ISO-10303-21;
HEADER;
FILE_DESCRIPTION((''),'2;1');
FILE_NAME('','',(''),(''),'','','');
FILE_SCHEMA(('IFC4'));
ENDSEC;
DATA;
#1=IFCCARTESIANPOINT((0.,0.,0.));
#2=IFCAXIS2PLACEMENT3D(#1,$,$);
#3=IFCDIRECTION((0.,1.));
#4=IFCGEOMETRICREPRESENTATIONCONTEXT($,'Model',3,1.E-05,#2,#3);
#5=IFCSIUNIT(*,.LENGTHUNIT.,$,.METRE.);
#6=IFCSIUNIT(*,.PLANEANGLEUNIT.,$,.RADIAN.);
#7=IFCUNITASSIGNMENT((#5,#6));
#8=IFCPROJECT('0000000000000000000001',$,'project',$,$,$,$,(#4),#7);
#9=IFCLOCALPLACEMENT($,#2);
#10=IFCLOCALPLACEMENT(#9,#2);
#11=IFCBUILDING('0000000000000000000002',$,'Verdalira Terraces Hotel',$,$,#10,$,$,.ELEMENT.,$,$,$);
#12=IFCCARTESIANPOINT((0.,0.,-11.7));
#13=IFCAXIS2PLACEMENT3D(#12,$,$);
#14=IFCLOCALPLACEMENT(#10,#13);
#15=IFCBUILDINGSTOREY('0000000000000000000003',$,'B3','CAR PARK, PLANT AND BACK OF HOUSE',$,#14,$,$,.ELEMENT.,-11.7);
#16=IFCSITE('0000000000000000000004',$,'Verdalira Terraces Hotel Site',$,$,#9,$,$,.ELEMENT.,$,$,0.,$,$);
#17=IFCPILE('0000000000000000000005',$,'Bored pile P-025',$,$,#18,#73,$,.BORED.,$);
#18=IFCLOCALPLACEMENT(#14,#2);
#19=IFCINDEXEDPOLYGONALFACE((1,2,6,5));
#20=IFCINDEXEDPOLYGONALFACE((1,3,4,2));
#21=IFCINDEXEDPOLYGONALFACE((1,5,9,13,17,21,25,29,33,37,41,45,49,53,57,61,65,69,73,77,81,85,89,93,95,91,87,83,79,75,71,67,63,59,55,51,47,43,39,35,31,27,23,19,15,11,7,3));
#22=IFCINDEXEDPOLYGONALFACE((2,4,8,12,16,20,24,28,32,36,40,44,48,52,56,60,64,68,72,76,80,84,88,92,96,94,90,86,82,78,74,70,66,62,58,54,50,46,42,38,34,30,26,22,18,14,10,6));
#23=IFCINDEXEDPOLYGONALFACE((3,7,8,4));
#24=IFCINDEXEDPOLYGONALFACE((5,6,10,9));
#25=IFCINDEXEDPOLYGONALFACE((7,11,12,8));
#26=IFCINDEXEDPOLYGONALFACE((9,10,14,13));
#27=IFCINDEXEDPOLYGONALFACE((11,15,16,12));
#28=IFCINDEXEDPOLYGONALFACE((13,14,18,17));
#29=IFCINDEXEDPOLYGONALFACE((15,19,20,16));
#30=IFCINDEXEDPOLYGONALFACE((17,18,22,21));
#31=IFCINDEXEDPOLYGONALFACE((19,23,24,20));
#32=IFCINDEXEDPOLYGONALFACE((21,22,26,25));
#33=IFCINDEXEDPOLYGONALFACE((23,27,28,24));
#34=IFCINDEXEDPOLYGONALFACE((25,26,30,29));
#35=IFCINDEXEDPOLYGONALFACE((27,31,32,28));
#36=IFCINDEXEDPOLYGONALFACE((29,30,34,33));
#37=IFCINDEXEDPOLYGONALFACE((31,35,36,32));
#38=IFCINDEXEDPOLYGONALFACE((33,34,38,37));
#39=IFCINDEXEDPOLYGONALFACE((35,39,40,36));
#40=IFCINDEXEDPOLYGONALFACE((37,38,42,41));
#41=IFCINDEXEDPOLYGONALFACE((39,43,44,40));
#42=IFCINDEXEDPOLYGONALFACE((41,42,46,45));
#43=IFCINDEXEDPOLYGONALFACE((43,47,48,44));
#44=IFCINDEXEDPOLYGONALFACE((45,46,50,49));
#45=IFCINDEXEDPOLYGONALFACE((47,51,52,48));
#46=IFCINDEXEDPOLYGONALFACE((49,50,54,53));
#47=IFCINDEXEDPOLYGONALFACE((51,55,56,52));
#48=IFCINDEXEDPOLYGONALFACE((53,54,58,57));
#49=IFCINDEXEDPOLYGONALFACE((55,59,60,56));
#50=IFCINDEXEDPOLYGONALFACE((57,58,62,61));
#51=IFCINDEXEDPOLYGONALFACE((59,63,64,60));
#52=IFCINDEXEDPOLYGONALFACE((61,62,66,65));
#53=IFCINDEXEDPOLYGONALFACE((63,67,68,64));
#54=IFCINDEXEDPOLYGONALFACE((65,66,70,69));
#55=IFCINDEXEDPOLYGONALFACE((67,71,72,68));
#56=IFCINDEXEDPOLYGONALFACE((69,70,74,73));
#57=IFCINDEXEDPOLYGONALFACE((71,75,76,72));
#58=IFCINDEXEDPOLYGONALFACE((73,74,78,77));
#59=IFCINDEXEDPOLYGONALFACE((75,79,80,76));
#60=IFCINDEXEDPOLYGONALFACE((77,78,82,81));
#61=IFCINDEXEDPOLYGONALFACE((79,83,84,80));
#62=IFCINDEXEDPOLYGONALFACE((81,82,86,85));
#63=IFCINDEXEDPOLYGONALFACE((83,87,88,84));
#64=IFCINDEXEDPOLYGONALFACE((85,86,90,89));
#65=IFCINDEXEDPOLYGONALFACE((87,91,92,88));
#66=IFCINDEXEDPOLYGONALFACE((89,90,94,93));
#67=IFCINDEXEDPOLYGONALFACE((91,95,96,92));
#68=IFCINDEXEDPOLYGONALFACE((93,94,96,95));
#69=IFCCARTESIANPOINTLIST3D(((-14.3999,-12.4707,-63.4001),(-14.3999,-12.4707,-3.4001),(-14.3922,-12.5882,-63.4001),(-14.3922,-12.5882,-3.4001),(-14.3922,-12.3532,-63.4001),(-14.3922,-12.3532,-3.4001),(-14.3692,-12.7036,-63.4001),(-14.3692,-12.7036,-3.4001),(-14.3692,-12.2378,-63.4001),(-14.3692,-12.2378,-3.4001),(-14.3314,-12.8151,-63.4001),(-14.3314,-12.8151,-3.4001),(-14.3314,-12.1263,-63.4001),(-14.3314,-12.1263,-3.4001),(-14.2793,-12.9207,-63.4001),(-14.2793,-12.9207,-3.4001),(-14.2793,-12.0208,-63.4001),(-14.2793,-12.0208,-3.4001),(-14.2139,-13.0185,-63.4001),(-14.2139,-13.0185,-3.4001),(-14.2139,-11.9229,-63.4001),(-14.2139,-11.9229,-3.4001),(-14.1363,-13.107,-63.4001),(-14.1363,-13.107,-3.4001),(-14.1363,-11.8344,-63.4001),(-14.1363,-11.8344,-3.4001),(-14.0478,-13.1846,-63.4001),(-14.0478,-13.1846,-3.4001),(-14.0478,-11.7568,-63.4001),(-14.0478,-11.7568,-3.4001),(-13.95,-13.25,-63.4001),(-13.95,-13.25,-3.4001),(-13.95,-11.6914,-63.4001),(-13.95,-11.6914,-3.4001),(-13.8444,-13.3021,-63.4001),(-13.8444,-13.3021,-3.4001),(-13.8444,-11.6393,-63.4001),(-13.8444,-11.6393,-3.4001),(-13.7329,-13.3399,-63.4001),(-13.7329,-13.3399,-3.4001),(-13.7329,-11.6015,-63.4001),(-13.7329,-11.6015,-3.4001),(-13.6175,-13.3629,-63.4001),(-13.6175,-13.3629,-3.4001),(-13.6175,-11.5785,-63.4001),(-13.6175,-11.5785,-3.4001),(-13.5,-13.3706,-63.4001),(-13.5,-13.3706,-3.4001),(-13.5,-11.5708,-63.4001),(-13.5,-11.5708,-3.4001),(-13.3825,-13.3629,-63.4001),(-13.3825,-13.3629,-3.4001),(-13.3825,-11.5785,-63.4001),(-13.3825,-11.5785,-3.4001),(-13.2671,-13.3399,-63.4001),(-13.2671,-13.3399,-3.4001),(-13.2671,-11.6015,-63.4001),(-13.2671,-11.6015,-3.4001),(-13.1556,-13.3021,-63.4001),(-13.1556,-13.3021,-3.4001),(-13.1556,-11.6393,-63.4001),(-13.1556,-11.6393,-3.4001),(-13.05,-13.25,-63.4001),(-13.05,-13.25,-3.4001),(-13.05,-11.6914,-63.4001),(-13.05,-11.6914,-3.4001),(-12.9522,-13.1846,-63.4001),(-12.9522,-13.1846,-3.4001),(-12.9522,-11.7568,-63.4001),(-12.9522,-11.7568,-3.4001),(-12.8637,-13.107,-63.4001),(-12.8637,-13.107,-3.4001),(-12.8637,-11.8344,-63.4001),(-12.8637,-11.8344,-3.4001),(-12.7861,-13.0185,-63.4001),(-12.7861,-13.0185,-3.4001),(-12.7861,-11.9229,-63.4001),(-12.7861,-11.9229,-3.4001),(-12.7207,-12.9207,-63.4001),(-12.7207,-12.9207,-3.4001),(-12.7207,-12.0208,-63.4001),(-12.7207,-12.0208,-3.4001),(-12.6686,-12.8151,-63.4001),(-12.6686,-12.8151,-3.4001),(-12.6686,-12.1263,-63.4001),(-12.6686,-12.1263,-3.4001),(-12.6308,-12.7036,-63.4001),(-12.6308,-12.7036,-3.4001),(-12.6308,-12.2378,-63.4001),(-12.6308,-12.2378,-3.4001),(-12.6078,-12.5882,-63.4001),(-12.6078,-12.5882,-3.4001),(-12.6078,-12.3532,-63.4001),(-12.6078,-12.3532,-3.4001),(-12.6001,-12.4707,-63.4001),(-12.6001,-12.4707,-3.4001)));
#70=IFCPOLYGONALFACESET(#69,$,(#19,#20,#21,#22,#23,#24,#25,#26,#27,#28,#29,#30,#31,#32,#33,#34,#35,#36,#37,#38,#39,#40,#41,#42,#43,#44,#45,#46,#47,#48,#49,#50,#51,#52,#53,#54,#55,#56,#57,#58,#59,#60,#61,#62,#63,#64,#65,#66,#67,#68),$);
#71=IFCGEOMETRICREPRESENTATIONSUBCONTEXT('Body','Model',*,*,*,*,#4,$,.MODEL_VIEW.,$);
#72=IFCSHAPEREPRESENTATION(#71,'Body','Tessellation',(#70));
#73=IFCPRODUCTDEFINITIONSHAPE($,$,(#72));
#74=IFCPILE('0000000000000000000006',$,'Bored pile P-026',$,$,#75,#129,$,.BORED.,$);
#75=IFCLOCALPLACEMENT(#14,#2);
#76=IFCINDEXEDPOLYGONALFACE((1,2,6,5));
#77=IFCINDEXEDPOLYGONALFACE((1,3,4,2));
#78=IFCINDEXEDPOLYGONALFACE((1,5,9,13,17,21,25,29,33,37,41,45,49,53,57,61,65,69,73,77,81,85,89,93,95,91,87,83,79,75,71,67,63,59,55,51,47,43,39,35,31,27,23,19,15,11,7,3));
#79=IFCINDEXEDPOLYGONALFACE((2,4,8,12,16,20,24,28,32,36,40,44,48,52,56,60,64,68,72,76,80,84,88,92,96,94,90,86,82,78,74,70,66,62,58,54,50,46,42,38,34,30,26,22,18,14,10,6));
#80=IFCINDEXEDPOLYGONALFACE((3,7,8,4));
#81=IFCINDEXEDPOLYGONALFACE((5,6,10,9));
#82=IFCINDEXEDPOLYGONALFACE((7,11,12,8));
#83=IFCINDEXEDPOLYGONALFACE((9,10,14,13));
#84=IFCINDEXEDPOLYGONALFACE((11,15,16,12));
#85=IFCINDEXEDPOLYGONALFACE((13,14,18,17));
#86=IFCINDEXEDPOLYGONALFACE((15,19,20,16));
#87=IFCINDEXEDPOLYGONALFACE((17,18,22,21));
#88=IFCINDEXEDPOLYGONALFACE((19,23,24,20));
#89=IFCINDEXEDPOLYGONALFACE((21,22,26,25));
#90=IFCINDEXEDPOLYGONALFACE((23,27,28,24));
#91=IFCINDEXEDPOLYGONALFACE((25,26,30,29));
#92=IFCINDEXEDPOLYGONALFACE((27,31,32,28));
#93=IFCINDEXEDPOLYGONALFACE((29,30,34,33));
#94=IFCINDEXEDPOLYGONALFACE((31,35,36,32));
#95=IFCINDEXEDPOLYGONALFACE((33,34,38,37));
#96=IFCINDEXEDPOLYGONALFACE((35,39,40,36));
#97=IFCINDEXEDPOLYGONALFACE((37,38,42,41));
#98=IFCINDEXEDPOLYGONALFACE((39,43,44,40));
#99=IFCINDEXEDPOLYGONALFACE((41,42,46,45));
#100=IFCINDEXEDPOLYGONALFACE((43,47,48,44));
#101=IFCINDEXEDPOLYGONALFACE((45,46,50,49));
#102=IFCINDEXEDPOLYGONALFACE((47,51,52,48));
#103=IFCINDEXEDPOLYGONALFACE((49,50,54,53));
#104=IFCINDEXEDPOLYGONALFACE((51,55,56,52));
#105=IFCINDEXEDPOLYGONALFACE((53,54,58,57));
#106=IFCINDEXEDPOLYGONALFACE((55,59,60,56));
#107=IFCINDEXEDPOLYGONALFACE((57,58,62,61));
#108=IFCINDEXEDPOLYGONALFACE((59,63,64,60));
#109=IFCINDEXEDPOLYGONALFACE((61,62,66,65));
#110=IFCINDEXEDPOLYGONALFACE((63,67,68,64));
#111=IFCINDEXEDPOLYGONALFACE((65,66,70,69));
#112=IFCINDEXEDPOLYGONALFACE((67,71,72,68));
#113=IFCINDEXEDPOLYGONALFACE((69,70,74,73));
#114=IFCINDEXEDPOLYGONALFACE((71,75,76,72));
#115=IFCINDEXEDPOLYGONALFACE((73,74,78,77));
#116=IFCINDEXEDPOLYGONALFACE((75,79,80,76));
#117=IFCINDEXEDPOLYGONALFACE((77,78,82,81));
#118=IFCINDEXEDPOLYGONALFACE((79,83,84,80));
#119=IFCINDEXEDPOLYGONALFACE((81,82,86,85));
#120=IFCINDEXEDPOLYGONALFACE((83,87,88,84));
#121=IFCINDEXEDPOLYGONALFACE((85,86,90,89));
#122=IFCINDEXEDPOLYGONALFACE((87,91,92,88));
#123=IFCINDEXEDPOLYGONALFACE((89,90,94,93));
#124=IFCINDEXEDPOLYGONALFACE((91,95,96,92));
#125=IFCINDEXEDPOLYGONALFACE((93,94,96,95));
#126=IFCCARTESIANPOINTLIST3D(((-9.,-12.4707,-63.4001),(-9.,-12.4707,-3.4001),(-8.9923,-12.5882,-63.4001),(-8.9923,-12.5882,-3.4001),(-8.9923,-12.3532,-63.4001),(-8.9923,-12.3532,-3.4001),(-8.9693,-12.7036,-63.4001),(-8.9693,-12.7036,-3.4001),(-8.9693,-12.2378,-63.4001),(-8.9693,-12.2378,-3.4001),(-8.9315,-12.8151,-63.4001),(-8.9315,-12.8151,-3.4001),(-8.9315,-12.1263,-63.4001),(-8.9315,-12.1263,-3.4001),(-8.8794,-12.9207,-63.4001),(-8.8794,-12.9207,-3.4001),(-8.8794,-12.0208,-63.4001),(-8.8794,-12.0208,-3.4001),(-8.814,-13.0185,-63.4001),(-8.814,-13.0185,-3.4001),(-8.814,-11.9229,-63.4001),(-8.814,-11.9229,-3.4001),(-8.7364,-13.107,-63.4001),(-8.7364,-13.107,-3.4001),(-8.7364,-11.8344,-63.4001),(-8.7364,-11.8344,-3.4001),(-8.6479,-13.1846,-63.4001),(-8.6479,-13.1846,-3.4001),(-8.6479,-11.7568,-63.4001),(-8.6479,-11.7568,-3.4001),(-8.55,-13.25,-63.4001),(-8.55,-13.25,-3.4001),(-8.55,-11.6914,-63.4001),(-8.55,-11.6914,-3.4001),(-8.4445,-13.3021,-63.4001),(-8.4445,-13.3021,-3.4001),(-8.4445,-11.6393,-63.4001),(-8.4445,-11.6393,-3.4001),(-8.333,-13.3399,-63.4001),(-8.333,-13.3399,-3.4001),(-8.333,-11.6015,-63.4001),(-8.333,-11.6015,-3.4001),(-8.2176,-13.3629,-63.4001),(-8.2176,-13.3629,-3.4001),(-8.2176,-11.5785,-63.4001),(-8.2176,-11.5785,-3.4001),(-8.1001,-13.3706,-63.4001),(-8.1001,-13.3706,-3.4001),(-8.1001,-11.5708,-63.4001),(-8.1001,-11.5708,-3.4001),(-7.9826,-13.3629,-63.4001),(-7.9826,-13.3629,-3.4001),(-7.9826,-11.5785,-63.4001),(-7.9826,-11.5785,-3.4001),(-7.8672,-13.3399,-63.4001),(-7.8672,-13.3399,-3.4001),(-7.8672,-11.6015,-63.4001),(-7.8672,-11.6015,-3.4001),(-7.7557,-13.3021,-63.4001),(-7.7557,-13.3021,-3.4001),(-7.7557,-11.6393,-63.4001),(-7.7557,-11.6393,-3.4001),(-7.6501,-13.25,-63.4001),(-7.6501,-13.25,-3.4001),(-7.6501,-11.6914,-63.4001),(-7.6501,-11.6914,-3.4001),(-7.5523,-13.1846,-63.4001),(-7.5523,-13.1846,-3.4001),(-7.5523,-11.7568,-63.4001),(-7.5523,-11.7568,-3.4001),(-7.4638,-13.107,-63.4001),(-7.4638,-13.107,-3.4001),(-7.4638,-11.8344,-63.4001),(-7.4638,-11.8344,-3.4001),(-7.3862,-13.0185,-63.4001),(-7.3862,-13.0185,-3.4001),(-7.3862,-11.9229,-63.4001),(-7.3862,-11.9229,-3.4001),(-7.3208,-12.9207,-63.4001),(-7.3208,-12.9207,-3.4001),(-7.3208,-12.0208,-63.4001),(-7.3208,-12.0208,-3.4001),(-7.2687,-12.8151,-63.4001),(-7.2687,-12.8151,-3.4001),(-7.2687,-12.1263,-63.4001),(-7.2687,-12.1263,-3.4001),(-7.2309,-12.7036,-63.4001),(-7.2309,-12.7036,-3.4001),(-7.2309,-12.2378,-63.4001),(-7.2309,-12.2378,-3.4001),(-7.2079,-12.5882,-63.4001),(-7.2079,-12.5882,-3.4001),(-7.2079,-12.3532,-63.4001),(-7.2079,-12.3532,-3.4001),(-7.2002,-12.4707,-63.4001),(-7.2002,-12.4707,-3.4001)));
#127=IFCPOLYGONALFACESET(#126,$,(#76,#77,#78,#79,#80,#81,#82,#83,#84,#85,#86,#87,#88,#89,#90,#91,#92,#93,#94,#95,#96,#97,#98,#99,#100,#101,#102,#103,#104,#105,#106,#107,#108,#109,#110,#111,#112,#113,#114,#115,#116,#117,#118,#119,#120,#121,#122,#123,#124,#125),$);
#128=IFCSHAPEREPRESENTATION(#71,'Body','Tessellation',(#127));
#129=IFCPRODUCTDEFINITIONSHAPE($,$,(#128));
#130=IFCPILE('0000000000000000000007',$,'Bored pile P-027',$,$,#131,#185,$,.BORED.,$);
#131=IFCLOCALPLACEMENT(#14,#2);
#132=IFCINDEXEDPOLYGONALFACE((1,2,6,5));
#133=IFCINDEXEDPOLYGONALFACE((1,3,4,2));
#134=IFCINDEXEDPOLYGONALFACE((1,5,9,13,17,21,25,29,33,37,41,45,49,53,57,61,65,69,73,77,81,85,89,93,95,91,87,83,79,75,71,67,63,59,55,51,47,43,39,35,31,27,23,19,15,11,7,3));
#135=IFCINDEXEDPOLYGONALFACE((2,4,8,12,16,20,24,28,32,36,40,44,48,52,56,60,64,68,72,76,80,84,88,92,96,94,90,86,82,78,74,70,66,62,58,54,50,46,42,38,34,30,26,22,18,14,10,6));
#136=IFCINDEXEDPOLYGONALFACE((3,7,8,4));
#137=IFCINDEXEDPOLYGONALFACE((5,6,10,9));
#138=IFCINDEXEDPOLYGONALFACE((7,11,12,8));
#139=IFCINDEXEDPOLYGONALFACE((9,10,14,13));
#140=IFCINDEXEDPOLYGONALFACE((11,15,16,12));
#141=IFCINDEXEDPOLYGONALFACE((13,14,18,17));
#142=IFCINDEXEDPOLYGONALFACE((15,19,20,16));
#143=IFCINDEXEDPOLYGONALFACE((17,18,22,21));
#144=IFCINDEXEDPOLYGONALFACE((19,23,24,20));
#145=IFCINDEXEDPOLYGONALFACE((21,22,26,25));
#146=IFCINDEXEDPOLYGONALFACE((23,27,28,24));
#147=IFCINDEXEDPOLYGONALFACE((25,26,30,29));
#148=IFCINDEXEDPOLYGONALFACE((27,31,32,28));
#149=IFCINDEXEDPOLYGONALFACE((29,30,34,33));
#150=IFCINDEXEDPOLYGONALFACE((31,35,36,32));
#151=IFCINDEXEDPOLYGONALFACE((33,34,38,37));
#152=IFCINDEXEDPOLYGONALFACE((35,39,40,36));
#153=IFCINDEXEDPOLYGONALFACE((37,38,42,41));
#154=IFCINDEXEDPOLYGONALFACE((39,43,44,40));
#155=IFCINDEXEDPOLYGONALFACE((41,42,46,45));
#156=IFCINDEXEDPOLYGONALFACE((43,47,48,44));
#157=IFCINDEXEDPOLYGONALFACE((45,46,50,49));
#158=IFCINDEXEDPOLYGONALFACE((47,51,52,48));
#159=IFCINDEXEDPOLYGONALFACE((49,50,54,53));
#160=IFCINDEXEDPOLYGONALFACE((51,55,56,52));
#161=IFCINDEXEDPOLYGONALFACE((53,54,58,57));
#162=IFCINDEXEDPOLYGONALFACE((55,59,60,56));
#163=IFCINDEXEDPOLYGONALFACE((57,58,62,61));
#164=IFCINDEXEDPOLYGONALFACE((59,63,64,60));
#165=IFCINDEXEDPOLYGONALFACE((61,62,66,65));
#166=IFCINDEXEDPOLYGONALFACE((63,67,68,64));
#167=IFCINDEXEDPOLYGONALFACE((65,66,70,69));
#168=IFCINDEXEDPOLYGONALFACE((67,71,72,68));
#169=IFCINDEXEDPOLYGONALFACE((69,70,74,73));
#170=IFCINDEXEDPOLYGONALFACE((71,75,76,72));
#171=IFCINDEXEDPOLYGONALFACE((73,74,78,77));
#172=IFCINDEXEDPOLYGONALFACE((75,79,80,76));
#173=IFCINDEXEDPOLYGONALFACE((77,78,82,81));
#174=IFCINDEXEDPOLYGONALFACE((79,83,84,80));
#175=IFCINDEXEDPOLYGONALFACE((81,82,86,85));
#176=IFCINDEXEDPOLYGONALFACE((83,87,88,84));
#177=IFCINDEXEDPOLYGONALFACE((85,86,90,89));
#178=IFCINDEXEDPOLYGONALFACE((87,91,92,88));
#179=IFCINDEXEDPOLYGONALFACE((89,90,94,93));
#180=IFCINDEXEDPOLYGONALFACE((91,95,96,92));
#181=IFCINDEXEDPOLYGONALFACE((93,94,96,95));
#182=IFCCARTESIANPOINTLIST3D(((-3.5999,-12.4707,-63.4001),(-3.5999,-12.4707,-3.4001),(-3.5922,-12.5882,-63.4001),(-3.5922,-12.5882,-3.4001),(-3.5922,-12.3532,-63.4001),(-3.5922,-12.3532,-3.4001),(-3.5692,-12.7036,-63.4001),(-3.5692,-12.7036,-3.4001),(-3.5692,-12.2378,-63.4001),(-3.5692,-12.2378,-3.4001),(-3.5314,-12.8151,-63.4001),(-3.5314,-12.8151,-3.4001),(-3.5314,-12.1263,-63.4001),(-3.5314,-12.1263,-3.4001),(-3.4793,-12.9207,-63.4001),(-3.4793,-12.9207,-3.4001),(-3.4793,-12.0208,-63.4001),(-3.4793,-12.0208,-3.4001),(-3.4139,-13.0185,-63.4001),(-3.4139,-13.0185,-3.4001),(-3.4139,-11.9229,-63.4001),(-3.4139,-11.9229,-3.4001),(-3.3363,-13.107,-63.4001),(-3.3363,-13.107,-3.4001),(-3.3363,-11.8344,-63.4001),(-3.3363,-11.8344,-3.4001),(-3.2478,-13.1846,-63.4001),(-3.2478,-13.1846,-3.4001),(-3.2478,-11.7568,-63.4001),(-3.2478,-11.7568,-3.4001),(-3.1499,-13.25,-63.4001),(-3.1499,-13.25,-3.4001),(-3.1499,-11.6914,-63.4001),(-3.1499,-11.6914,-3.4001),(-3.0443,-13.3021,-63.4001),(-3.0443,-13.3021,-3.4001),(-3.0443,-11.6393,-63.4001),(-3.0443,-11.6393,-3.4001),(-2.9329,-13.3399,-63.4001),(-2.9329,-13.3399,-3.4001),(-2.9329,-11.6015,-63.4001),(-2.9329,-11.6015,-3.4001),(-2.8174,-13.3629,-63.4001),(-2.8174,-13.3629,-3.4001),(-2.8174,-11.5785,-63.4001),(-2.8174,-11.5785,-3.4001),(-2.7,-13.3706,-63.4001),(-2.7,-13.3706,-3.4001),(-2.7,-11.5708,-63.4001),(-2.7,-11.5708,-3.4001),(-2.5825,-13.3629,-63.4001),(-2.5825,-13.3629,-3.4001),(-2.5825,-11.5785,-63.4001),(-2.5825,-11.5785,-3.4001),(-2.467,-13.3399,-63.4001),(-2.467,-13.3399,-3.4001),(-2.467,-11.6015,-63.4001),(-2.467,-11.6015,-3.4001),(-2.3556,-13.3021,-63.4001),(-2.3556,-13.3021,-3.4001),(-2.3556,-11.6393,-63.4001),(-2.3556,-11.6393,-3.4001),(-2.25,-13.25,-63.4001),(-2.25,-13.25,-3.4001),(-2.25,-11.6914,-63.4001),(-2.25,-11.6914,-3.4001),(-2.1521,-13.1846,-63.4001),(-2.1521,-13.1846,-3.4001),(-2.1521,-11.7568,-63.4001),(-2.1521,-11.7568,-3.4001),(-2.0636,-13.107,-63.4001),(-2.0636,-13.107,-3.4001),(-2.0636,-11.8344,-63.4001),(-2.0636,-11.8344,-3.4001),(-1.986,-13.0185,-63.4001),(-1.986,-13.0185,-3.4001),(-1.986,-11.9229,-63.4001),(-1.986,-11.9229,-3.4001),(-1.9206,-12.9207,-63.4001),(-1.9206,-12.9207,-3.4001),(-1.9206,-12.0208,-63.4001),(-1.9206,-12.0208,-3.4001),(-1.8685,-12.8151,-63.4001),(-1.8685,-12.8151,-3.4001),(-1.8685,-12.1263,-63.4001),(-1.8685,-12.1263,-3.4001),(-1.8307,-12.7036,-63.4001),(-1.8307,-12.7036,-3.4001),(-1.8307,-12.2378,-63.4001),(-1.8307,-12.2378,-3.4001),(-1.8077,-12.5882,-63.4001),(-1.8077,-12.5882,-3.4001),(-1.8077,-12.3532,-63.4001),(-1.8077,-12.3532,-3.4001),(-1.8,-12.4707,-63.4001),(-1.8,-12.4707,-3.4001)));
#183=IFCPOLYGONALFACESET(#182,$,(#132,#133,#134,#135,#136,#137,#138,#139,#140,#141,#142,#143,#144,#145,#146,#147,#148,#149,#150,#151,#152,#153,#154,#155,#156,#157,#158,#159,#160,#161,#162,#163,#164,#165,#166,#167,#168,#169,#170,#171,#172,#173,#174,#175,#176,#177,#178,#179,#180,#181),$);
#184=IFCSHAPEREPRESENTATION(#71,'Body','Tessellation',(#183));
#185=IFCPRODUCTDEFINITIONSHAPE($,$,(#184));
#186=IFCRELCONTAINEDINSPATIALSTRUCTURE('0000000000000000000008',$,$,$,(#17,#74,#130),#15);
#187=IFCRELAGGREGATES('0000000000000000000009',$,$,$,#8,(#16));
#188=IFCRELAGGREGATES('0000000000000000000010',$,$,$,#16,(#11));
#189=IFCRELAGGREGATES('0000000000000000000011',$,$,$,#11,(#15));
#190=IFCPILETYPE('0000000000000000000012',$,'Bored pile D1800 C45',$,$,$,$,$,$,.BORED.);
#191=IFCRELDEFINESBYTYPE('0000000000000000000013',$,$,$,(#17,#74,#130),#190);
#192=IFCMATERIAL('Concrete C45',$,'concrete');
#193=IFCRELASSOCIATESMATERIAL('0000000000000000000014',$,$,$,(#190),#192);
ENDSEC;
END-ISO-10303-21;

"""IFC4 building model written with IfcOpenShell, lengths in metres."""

from ifc_helpers import new_model, si_unit, direction, frame, origin, origin_2d, place, context, subcontext, project, spatial, circle, extrude, material, material_profile, profile_set, type_object, element, save


model = new_model("IFC4")

# Units and contexts
model_context = context("Model", 3, precision=1e-05, world=origin(), true_north=direction((0.0, 1.0)))
body_context = subcontext(model_context, "Body", "Model", "MODEL_VIEW")
ifc_project = project(units=[si_unit("LENGTHUNIT", "METRE"), si_unit("PLANEANGLEUNIT", "RADIAN")], contexts=[model_context])

# Site, building, storey
site_placement = place(None, origin())
site = spatial("IfcSite", under=ifc_project, at=site_placement, Name="Verdalira Terraces Hotel Site", CompositionType="ELEMENT", RefElevation=0.0)
building_placement = place(site_placement, origin())
building = spatial("IfcBuilding", under=site, at=building_placement, Name="Verdalira Terraces Hotel", CompositionType="ELEMENT")
storey_placement = place(building_placement, frame((0.0, 0.0, -11.7)))
storey = spatial("IfcBuildingStorey", under=building, at=storey_placement, Name="B3", Description="CAR PARK, PLANT AND BACK OF HOUSE", CompositionType="ELEMENT", Elevation=-11.7)

# Piles
ifc_material_1 = material(Name="Concrete C45", Category="concrete")
ifc_material_profile_1 = material_profile(ifc_material_1, circle(Radius=0.8999, at=origin_2d()), Name="D1800")
ifc_profile_set_1 = profile_set([ifc_material_profile_1], Name="Concrete C45")
pile_type = type_object("IfcPileType", Name="Bored pile D1800 C45", PredefinedType="BORED", material=ifc_profile_set_1)
for number, where, z_axis, x_axis, name in (
    (1, (-13.5, -12.4707, -3.4001), (0.0, 0.0, -1.0), (1.0, 0.0, 0.0), "Bored pile P-025"),
    (2, (-8.1001, -12.4707, -3.4001), (0.0, 0.0, -1.0), (1.0, 0.0, 0.0), "Bored pile P-026"),
    (3, (-2.7, -12.4707, -3.4001), (0.0, 0.0, -1.0), (1.0, 0.0, 0.0), "Bored pile P-027"),
):
    element("IfcPile", number, at=place(storey_placement, frame(where, z_axis=z_axis, x_axis=x_axis)), inside=storey, type_object=pile_type, Name=name, PredefinedType="BORED", context=body_context, shape_type="SweptSolid", body=[
        extrude(circle(Radius=0.8999, at=origin_2d()), origin(), (0.0, 0.0, 1.0), 60.0),
    ])

save(model, "model.ifc")
